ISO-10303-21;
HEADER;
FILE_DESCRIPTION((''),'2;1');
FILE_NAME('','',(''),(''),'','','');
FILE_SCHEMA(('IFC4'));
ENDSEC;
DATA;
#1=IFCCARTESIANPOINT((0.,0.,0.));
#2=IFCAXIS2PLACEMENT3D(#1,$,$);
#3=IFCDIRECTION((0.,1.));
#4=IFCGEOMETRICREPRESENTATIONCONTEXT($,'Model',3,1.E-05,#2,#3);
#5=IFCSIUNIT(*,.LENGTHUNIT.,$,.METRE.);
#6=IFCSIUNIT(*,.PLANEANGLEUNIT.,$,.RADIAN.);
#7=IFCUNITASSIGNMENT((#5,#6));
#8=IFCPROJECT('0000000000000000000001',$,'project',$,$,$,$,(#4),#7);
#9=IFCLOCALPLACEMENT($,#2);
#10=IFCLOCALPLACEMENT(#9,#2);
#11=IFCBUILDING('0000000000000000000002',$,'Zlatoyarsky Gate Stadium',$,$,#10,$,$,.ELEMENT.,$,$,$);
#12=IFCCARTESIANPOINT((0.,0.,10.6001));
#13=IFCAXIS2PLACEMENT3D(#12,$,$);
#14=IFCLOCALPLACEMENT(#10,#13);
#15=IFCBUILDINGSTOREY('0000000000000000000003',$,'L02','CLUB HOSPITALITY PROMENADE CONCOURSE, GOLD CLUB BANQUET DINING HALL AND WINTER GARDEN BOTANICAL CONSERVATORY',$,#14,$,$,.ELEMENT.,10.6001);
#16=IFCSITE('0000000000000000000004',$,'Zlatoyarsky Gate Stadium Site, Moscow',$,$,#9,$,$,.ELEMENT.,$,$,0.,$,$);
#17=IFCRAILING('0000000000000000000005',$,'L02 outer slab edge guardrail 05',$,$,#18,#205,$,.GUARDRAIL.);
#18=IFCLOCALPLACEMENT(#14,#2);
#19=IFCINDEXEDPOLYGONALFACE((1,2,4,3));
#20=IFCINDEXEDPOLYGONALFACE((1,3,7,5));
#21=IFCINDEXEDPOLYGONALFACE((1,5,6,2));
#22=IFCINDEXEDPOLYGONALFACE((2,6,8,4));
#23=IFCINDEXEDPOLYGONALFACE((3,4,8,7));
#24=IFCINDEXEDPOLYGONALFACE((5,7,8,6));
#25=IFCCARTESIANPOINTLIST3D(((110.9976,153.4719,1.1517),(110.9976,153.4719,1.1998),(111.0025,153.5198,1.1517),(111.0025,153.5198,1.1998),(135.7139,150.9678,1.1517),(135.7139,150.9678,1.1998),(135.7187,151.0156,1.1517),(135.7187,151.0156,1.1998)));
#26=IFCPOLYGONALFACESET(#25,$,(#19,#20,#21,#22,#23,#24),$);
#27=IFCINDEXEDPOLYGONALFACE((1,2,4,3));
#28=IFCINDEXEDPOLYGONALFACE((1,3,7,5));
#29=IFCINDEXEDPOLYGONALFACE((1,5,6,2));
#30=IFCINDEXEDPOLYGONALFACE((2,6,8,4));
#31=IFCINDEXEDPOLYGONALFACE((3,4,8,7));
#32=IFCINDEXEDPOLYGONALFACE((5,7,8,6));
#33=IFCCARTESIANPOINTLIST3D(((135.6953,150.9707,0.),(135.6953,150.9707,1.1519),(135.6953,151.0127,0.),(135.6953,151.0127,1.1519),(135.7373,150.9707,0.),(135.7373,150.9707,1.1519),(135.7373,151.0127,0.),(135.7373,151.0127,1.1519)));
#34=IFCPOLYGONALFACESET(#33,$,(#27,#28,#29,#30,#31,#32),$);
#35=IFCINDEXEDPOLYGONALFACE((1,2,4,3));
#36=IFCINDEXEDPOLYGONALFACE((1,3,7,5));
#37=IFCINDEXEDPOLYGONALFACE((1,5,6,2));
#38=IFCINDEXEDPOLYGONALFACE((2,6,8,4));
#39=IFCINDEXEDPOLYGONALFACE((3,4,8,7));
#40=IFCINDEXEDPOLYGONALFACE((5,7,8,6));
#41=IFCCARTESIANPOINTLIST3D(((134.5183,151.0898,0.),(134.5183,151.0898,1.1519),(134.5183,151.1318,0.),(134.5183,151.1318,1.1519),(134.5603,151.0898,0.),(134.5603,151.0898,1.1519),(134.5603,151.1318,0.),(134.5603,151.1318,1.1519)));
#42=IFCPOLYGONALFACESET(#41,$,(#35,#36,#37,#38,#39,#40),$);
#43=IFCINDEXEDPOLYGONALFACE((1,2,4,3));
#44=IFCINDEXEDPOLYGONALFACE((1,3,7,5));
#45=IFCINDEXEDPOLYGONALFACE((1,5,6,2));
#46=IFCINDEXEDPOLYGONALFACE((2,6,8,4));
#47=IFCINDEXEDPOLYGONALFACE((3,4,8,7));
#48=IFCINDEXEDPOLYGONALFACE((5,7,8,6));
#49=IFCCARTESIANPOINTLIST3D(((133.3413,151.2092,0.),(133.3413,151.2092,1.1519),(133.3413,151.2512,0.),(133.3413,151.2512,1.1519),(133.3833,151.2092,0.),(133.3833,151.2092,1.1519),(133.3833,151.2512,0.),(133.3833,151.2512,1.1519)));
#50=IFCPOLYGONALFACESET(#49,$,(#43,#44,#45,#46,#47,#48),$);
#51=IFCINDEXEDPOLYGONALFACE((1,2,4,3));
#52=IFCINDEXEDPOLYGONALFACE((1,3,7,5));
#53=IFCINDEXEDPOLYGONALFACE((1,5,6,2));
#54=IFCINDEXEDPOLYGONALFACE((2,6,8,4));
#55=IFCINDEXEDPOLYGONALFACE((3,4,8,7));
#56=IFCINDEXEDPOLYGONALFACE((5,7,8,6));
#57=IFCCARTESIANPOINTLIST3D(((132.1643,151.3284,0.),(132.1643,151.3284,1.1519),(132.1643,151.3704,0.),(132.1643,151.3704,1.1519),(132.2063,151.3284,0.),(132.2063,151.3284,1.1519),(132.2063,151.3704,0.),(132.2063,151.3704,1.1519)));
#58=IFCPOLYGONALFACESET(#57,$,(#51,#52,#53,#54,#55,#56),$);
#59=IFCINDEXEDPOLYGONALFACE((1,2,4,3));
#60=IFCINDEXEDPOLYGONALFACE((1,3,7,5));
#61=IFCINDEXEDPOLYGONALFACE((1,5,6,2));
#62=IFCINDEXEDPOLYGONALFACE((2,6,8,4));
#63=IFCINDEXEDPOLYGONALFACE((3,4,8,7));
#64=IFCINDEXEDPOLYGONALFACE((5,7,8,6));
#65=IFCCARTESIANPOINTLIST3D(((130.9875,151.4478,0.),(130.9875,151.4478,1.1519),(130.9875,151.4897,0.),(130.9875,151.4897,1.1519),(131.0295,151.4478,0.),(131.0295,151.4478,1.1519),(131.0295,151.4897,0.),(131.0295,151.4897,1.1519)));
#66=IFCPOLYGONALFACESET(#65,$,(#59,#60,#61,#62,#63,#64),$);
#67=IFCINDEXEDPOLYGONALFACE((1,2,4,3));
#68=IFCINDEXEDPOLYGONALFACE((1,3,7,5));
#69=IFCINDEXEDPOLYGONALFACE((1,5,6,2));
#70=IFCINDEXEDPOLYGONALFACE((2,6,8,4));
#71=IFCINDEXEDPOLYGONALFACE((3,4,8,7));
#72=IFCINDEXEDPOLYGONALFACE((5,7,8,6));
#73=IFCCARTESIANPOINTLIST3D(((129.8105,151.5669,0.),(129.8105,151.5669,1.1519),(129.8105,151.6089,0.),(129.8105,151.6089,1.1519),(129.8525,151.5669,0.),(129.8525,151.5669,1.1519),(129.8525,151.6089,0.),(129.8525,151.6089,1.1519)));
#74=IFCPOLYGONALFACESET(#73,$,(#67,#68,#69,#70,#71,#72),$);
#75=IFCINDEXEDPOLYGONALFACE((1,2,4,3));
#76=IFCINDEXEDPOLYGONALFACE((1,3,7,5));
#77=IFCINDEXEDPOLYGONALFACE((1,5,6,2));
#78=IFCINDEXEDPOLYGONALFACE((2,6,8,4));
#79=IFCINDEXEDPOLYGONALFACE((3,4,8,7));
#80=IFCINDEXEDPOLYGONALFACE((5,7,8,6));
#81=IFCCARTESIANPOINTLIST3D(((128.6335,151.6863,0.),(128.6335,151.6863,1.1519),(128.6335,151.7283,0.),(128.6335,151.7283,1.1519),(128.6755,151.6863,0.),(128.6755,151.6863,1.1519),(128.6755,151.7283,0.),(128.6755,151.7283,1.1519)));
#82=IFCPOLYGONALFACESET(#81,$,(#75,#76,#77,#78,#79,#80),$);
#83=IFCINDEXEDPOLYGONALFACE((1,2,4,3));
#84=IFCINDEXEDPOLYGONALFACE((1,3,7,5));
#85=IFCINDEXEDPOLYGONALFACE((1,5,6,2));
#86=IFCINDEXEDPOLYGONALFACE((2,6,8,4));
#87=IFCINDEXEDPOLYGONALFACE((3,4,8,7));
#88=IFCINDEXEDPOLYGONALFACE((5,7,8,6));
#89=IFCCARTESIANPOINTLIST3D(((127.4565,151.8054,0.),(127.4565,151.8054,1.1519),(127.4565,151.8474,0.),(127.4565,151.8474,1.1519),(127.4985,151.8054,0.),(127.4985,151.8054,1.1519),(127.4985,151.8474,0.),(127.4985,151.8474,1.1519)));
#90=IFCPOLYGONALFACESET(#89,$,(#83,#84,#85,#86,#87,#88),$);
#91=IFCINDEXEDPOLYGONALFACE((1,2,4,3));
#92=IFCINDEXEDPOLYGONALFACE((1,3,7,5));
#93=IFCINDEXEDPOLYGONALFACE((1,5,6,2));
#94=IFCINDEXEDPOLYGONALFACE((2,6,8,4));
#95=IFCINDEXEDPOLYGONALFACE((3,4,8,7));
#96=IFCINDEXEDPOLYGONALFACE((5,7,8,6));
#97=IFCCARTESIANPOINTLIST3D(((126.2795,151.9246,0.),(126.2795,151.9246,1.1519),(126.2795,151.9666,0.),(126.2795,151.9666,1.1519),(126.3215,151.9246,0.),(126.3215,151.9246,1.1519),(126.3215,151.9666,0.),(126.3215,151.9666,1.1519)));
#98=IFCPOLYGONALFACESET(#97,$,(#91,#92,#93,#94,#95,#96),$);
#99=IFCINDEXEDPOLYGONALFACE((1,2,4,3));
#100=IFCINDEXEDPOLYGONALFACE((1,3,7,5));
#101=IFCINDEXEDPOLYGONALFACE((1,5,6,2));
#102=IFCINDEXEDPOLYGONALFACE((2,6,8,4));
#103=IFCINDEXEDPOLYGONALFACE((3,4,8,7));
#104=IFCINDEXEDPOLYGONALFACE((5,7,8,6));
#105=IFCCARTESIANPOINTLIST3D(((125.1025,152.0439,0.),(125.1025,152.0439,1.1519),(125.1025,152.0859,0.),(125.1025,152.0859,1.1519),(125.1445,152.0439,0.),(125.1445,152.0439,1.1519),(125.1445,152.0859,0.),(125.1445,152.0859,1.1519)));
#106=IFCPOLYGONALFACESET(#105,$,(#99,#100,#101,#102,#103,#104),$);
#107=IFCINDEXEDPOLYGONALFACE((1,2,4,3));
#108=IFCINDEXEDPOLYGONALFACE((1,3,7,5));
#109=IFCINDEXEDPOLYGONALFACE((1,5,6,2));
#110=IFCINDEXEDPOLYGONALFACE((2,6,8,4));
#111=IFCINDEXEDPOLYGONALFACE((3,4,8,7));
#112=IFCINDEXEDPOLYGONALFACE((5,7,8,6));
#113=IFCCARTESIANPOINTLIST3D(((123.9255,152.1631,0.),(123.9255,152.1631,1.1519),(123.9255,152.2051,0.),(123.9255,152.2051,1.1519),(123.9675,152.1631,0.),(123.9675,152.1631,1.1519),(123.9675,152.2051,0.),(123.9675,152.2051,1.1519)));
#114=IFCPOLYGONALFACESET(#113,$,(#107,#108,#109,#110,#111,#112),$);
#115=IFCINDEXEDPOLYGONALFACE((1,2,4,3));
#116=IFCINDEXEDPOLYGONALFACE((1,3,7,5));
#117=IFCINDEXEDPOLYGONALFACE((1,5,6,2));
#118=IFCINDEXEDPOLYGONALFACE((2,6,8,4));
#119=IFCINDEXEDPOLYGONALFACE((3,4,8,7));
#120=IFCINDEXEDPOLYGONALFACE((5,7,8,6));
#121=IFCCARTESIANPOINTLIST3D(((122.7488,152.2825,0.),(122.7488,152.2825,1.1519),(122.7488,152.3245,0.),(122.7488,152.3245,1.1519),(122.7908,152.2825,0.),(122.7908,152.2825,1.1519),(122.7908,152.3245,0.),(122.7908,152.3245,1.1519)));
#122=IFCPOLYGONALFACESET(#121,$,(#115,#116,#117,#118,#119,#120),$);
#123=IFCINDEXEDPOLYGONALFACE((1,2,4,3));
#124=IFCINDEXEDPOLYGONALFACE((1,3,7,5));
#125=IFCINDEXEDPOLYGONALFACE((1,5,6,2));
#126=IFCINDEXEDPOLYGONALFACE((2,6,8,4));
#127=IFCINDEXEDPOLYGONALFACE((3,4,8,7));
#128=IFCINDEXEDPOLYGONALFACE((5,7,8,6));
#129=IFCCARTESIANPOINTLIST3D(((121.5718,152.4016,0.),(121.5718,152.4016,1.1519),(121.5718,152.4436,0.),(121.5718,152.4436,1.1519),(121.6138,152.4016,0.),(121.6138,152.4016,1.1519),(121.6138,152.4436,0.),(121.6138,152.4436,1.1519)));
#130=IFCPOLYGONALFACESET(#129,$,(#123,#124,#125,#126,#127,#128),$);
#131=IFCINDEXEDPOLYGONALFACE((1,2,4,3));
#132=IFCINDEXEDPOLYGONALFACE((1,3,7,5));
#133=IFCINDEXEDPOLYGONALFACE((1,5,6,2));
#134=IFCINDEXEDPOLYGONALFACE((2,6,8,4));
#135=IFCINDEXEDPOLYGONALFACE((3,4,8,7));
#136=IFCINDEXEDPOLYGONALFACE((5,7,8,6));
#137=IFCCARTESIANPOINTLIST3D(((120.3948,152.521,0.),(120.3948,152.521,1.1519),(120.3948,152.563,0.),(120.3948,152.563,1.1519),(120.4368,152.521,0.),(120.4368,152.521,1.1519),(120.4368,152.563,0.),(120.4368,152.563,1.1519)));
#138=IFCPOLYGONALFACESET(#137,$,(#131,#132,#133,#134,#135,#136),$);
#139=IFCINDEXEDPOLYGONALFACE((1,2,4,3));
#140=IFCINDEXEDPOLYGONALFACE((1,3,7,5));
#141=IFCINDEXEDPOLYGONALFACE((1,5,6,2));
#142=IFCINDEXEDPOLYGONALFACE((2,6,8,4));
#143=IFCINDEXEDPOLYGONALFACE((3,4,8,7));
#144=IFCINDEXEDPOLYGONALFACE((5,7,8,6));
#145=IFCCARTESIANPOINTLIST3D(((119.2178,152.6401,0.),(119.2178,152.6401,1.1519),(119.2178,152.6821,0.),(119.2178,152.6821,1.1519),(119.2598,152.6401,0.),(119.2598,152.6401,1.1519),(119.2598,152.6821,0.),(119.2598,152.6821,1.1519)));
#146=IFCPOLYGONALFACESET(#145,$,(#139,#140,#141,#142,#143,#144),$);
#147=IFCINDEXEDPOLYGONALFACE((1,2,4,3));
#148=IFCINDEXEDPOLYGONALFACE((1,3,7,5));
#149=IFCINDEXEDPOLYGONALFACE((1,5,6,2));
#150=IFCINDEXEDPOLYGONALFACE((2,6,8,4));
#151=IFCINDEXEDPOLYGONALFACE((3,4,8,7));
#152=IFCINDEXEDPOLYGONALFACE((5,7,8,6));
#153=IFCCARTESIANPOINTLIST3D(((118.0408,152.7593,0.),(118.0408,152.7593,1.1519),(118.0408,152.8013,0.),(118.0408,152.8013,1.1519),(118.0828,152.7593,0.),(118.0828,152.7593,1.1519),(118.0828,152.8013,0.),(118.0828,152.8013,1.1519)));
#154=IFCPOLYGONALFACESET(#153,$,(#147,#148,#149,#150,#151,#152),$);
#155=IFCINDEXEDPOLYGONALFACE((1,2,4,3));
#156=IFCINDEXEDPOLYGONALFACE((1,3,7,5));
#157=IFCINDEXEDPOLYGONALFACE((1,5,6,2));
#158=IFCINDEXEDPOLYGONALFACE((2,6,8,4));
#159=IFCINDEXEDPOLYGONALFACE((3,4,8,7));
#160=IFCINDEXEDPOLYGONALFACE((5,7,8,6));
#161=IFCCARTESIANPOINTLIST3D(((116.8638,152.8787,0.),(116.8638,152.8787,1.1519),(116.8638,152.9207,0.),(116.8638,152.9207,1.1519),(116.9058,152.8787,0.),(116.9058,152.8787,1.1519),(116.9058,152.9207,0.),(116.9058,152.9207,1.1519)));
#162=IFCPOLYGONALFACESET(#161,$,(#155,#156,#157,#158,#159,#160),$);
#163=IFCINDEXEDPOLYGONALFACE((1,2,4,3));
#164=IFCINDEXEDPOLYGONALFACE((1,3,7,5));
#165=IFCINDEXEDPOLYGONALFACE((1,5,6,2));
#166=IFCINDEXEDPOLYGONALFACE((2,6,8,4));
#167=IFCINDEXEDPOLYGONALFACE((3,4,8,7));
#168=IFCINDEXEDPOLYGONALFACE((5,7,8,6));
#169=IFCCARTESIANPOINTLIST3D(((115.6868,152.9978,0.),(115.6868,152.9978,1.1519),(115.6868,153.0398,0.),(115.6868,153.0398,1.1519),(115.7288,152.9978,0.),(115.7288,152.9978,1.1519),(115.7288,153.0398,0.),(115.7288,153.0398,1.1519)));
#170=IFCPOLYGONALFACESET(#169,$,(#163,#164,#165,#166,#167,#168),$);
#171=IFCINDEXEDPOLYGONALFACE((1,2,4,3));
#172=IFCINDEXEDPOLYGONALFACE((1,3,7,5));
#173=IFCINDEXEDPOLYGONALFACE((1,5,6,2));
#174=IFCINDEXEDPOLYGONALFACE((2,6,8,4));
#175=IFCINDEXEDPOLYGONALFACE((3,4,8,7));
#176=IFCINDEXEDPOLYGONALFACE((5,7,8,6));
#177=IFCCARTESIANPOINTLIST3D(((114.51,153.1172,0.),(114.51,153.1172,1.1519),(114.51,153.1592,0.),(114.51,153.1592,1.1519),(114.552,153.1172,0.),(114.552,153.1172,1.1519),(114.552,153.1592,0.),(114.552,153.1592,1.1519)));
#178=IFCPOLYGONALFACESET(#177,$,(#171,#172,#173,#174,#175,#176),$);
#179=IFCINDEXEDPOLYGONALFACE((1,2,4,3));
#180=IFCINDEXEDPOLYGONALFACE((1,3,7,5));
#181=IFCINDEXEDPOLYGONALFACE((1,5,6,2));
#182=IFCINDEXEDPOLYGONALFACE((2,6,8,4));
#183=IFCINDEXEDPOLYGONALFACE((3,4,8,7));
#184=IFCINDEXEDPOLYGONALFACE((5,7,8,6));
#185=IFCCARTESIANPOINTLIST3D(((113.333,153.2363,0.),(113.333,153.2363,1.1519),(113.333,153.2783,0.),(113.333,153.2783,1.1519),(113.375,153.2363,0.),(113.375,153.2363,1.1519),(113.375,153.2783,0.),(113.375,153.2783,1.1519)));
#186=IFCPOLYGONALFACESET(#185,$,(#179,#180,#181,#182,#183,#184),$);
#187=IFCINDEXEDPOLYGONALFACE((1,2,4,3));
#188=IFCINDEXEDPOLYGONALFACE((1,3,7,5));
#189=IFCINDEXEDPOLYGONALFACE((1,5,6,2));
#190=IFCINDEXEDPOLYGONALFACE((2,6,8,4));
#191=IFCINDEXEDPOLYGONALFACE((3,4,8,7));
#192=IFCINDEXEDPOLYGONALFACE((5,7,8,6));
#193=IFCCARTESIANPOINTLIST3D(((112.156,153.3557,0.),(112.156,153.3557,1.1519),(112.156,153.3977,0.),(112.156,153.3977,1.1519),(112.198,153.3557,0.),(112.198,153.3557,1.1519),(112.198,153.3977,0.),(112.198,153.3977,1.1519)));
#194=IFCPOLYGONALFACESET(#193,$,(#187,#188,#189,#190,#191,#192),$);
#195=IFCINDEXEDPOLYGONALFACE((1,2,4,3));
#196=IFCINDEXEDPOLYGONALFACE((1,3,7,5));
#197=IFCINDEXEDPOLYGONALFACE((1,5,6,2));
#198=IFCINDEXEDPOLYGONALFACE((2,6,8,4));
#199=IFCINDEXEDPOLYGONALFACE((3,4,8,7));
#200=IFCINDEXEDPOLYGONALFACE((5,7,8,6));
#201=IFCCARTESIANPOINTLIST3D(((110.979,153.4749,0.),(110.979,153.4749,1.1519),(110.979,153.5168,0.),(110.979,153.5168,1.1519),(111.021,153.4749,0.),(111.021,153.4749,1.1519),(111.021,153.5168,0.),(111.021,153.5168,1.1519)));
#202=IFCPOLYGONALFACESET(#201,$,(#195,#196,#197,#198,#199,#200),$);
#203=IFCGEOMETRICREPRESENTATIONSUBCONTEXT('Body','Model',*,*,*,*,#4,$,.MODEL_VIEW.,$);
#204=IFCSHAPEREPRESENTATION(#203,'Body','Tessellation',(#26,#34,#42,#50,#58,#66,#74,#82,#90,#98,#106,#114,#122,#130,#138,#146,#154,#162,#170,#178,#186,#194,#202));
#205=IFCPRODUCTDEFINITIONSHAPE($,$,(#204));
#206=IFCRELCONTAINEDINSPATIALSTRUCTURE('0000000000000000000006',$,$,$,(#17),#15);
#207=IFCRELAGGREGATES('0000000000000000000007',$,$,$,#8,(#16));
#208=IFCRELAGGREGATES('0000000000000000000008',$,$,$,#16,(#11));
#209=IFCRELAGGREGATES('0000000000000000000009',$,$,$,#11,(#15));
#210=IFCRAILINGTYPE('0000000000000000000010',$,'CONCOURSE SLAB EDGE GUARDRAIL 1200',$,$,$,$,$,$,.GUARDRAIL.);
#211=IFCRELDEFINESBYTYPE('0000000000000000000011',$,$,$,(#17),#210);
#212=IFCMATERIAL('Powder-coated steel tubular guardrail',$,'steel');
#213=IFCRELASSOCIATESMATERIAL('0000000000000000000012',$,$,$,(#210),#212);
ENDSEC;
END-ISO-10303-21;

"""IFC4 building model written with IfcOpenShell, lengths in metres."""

from ifc_helpers import new_model, si_unit, direction, frame, origin, origin_2d, place, context, subcontext, project, spatial, rectangle, extrude, material, type_object, element, save


model = new_model("IFC4")

# Units and contexts
model_context = context("Model", 3, precision=1e-05, world=origin(), true_north=direction((0.0, 1.0)))
body_context = subcontext(model_context, "Body", "Model", "MODEL_VIEW")
ifc_project = project(units=[si_unit("LENGTHUNIT", "METRE"), si_unit("PLANEANGLEUNIT", "RADIAN")], contexts=[model_context])

# Site, building, storey
site_placement = place(None, origin())
site = spatial("IfcSite", under=ifc_project, at=site_placement, Name="Zlatoyarsky Gate Stadium Site, Moscow", CompositionType="ELEMENT", RefElevation=0.0)
building_placement = place(site_placement, origin())
building = spatial("IfcBuilding", under=site, at=building_placement, Name="Zlatoyarsky Gate Stadium", CompositionType="ELEMENT")
storey_placement = place(building_placement, frame((0.0, 0.0, 10.6001)))
storey = spatial("IfcBuildingStorey", under=building, at=storey_placement, Name="L02", Description="CLUB HOSPITALITY PROMENADE CONCOURSE, GOLD CLUB BANQUET DINING HALL AND WINTER GARDEN BOTANICAL CONSERVATORY", CompositionType="ELEMENT", Elevation=10.6001)

# Railing
ifc_material_1 = material(Name="Powder-coated steel tubular guardrail", Category="steel")
railing_type = type_object("IfcRailingType", Name="CONCOURSE SLAB EDGE GUARDRAIL 1200", PredefinedType="GUARDRAIL", material=ifc_material_1)
railing_placement = place(storey_placement, frame((135.7163, 150.9917, 0.0)))
element("IfcRailing", 1, at=railing_placement, inside=storey, type_object=railing_type, Name="L02 outer slab edge guardrail 05", PredefinedType="GUARDRAIL", context=body_context, shape_type="SweptSolid", body=[
    extrude(rectangle(XDim=0.0481, YDim=0.0481, at=origin_2d()), frame((0.0, 0.0, 1.1758), z_axis=(-0.994907, 0.1008, 0.0), x_axis=(-0.1008, -0.994907, 0.0)), (0.0, 0.0, 1.0), 24.8428),
    extrude(rectangle(XDim=0.042, YDim=0.042, at=origin_2d()), origin(), (0.0, 0.0, 1.0), 1.1519),
    extrude(rectangle(XDim=0.042, YDim=0.042, at=origin_2d()), frame((-1.177, 0.1191, 0.0)), (0.0, 0.0, 1.0), 1.1519),
    extrude(rectangle(XDim=0.042, YDim=0.042, at=origin_2d()), frame((-2.354, 0.2385, 0.0)), (0.0, 0.0, 1.0), 1.1519),
    extrude(rectangle(XDim=0.042, YDim=0.042, at=origin_2d()), frame((-3.531, 0.3577, 0.0)), (0.0, 0.0, 1.0), 1.1519),
    extrude(rectangle(XDim=0.042, YDim=0.042, at=origin_2d()), frame((-4.7078, 0.4771, 0.0)), (0.0, 0.0, 1.0), 1.1519),
    extrude(rectangle(XDim=0.042, YDim=0.042, at=origin_2d()), frame((-5.8848, 0.5962, 0.0)), (0.0, 0.0, 1.0), 1.1519),
    extrude(rectangle(XDim=0.042, YDim=0.042, at=origin_2d()), frame((-7.0618, 0.7156, 0.0)), (0.0, 0.0, 1.0), 1.1519),
    extrude(rectangle(XDim=0.042, YDim=0.042, at=origin_2d()), frame((-8.2388, 0.8347, 0.0)), (0.0, 0.0, 1.0), 1.1519),
    extrude(rectangle(XDim=0.042, YDim=0.042, at=origin_2d()), frame((-9.4158, 0.9539, 0.0)), (0.0, 0.0, 1.0), 1.1519),
    extrude(rectangle(XDim=0.042, YDim=0.042, at=origin_2d()), frame((-10.5928, 1.0732, 0.0)), (0.0, 0.0, 1.0), 1.1519),
    extrude(rectangle(XDim=0.042, YDim=0.042, at=origin_2d()), frame((-11.7698, 1.1924, 0.0)), (0.0, 0.0, 1.0), 1.1519),
    extrude(rectangle(XDim=0.042, YDim=0.042, at=origin_2d()), frame((-12.9465, 1.3118, 0.0)), (0.0, 0.0, 1.0), 1.1519),
    extrude(rectangle(XDim=0.042, YDim=0.042, at=origin_2d()), frame((-14.1235, 1.4309, 0.0)), (0.0, 0.0, 1.0), 1.1519),
    extrude(rectangle(XDim=0.042, YDim=0.042, at=origin_2d()), frame((-15.3005, 1.5503, 0.0)), (0.0, 0.0, 1.0), 1.1519),
    extrude(rectangle(XDim=0.042, YDim=0.042, at=origin_2d()), frame((-16.4775, 1.6694, 0.0)), (0.0, 0.0, 1.0), 1.1519),
    extrude(rectangle(XDim=0.042, YDim=0.042, at=origin_2d()), frame((-17.6545, 1.7886, 0.0)), (0.0, 0.0, 1.0), 1.1519),
    extrude(rectangle(XDim=0.042, YDim=0.042, at=origin_2d()), frame((-18.8315, 1.908, 0.0)), (0.0, 0.0, 1.0), 1.1519),
    extrude(rectangle(XDim=0.042, YDim=0.042, at=origin_2d()), frame((-20.0085, 2.0271, 0.0)), (0.0, 0.0, 1.0), 1.1519),
    extrude(rectangle(XDim=0.042, YDim=0.042, at=origin_2d()), frame((-21.1853, 2.1465, 0.0)), (0.0, 0.0, 1.0), 1.1519),
    extrude(rectangle(XDim=0.042, YDim=0.042, at=origin_2d()), frame((-22.3623, 2.2656, 0.0)), (0.0, 0.0, 1.0), 1.1519),
    extrude(rectangle(XDim=0.042, YDim=0.042, at=origin_2d()), frame((-23.5393, 2.385, 0.0)), (0.0, 0.0, 1.0), 1.1519),
    extrude(rectangle(XDim=0.042, YDim=0.042, at=origin_2d()), frame((-24.7163, 2.5042, 0.0)), (0.0, 0.0, 1.0), 1.1519),
])

save(model, "model.ifc")
